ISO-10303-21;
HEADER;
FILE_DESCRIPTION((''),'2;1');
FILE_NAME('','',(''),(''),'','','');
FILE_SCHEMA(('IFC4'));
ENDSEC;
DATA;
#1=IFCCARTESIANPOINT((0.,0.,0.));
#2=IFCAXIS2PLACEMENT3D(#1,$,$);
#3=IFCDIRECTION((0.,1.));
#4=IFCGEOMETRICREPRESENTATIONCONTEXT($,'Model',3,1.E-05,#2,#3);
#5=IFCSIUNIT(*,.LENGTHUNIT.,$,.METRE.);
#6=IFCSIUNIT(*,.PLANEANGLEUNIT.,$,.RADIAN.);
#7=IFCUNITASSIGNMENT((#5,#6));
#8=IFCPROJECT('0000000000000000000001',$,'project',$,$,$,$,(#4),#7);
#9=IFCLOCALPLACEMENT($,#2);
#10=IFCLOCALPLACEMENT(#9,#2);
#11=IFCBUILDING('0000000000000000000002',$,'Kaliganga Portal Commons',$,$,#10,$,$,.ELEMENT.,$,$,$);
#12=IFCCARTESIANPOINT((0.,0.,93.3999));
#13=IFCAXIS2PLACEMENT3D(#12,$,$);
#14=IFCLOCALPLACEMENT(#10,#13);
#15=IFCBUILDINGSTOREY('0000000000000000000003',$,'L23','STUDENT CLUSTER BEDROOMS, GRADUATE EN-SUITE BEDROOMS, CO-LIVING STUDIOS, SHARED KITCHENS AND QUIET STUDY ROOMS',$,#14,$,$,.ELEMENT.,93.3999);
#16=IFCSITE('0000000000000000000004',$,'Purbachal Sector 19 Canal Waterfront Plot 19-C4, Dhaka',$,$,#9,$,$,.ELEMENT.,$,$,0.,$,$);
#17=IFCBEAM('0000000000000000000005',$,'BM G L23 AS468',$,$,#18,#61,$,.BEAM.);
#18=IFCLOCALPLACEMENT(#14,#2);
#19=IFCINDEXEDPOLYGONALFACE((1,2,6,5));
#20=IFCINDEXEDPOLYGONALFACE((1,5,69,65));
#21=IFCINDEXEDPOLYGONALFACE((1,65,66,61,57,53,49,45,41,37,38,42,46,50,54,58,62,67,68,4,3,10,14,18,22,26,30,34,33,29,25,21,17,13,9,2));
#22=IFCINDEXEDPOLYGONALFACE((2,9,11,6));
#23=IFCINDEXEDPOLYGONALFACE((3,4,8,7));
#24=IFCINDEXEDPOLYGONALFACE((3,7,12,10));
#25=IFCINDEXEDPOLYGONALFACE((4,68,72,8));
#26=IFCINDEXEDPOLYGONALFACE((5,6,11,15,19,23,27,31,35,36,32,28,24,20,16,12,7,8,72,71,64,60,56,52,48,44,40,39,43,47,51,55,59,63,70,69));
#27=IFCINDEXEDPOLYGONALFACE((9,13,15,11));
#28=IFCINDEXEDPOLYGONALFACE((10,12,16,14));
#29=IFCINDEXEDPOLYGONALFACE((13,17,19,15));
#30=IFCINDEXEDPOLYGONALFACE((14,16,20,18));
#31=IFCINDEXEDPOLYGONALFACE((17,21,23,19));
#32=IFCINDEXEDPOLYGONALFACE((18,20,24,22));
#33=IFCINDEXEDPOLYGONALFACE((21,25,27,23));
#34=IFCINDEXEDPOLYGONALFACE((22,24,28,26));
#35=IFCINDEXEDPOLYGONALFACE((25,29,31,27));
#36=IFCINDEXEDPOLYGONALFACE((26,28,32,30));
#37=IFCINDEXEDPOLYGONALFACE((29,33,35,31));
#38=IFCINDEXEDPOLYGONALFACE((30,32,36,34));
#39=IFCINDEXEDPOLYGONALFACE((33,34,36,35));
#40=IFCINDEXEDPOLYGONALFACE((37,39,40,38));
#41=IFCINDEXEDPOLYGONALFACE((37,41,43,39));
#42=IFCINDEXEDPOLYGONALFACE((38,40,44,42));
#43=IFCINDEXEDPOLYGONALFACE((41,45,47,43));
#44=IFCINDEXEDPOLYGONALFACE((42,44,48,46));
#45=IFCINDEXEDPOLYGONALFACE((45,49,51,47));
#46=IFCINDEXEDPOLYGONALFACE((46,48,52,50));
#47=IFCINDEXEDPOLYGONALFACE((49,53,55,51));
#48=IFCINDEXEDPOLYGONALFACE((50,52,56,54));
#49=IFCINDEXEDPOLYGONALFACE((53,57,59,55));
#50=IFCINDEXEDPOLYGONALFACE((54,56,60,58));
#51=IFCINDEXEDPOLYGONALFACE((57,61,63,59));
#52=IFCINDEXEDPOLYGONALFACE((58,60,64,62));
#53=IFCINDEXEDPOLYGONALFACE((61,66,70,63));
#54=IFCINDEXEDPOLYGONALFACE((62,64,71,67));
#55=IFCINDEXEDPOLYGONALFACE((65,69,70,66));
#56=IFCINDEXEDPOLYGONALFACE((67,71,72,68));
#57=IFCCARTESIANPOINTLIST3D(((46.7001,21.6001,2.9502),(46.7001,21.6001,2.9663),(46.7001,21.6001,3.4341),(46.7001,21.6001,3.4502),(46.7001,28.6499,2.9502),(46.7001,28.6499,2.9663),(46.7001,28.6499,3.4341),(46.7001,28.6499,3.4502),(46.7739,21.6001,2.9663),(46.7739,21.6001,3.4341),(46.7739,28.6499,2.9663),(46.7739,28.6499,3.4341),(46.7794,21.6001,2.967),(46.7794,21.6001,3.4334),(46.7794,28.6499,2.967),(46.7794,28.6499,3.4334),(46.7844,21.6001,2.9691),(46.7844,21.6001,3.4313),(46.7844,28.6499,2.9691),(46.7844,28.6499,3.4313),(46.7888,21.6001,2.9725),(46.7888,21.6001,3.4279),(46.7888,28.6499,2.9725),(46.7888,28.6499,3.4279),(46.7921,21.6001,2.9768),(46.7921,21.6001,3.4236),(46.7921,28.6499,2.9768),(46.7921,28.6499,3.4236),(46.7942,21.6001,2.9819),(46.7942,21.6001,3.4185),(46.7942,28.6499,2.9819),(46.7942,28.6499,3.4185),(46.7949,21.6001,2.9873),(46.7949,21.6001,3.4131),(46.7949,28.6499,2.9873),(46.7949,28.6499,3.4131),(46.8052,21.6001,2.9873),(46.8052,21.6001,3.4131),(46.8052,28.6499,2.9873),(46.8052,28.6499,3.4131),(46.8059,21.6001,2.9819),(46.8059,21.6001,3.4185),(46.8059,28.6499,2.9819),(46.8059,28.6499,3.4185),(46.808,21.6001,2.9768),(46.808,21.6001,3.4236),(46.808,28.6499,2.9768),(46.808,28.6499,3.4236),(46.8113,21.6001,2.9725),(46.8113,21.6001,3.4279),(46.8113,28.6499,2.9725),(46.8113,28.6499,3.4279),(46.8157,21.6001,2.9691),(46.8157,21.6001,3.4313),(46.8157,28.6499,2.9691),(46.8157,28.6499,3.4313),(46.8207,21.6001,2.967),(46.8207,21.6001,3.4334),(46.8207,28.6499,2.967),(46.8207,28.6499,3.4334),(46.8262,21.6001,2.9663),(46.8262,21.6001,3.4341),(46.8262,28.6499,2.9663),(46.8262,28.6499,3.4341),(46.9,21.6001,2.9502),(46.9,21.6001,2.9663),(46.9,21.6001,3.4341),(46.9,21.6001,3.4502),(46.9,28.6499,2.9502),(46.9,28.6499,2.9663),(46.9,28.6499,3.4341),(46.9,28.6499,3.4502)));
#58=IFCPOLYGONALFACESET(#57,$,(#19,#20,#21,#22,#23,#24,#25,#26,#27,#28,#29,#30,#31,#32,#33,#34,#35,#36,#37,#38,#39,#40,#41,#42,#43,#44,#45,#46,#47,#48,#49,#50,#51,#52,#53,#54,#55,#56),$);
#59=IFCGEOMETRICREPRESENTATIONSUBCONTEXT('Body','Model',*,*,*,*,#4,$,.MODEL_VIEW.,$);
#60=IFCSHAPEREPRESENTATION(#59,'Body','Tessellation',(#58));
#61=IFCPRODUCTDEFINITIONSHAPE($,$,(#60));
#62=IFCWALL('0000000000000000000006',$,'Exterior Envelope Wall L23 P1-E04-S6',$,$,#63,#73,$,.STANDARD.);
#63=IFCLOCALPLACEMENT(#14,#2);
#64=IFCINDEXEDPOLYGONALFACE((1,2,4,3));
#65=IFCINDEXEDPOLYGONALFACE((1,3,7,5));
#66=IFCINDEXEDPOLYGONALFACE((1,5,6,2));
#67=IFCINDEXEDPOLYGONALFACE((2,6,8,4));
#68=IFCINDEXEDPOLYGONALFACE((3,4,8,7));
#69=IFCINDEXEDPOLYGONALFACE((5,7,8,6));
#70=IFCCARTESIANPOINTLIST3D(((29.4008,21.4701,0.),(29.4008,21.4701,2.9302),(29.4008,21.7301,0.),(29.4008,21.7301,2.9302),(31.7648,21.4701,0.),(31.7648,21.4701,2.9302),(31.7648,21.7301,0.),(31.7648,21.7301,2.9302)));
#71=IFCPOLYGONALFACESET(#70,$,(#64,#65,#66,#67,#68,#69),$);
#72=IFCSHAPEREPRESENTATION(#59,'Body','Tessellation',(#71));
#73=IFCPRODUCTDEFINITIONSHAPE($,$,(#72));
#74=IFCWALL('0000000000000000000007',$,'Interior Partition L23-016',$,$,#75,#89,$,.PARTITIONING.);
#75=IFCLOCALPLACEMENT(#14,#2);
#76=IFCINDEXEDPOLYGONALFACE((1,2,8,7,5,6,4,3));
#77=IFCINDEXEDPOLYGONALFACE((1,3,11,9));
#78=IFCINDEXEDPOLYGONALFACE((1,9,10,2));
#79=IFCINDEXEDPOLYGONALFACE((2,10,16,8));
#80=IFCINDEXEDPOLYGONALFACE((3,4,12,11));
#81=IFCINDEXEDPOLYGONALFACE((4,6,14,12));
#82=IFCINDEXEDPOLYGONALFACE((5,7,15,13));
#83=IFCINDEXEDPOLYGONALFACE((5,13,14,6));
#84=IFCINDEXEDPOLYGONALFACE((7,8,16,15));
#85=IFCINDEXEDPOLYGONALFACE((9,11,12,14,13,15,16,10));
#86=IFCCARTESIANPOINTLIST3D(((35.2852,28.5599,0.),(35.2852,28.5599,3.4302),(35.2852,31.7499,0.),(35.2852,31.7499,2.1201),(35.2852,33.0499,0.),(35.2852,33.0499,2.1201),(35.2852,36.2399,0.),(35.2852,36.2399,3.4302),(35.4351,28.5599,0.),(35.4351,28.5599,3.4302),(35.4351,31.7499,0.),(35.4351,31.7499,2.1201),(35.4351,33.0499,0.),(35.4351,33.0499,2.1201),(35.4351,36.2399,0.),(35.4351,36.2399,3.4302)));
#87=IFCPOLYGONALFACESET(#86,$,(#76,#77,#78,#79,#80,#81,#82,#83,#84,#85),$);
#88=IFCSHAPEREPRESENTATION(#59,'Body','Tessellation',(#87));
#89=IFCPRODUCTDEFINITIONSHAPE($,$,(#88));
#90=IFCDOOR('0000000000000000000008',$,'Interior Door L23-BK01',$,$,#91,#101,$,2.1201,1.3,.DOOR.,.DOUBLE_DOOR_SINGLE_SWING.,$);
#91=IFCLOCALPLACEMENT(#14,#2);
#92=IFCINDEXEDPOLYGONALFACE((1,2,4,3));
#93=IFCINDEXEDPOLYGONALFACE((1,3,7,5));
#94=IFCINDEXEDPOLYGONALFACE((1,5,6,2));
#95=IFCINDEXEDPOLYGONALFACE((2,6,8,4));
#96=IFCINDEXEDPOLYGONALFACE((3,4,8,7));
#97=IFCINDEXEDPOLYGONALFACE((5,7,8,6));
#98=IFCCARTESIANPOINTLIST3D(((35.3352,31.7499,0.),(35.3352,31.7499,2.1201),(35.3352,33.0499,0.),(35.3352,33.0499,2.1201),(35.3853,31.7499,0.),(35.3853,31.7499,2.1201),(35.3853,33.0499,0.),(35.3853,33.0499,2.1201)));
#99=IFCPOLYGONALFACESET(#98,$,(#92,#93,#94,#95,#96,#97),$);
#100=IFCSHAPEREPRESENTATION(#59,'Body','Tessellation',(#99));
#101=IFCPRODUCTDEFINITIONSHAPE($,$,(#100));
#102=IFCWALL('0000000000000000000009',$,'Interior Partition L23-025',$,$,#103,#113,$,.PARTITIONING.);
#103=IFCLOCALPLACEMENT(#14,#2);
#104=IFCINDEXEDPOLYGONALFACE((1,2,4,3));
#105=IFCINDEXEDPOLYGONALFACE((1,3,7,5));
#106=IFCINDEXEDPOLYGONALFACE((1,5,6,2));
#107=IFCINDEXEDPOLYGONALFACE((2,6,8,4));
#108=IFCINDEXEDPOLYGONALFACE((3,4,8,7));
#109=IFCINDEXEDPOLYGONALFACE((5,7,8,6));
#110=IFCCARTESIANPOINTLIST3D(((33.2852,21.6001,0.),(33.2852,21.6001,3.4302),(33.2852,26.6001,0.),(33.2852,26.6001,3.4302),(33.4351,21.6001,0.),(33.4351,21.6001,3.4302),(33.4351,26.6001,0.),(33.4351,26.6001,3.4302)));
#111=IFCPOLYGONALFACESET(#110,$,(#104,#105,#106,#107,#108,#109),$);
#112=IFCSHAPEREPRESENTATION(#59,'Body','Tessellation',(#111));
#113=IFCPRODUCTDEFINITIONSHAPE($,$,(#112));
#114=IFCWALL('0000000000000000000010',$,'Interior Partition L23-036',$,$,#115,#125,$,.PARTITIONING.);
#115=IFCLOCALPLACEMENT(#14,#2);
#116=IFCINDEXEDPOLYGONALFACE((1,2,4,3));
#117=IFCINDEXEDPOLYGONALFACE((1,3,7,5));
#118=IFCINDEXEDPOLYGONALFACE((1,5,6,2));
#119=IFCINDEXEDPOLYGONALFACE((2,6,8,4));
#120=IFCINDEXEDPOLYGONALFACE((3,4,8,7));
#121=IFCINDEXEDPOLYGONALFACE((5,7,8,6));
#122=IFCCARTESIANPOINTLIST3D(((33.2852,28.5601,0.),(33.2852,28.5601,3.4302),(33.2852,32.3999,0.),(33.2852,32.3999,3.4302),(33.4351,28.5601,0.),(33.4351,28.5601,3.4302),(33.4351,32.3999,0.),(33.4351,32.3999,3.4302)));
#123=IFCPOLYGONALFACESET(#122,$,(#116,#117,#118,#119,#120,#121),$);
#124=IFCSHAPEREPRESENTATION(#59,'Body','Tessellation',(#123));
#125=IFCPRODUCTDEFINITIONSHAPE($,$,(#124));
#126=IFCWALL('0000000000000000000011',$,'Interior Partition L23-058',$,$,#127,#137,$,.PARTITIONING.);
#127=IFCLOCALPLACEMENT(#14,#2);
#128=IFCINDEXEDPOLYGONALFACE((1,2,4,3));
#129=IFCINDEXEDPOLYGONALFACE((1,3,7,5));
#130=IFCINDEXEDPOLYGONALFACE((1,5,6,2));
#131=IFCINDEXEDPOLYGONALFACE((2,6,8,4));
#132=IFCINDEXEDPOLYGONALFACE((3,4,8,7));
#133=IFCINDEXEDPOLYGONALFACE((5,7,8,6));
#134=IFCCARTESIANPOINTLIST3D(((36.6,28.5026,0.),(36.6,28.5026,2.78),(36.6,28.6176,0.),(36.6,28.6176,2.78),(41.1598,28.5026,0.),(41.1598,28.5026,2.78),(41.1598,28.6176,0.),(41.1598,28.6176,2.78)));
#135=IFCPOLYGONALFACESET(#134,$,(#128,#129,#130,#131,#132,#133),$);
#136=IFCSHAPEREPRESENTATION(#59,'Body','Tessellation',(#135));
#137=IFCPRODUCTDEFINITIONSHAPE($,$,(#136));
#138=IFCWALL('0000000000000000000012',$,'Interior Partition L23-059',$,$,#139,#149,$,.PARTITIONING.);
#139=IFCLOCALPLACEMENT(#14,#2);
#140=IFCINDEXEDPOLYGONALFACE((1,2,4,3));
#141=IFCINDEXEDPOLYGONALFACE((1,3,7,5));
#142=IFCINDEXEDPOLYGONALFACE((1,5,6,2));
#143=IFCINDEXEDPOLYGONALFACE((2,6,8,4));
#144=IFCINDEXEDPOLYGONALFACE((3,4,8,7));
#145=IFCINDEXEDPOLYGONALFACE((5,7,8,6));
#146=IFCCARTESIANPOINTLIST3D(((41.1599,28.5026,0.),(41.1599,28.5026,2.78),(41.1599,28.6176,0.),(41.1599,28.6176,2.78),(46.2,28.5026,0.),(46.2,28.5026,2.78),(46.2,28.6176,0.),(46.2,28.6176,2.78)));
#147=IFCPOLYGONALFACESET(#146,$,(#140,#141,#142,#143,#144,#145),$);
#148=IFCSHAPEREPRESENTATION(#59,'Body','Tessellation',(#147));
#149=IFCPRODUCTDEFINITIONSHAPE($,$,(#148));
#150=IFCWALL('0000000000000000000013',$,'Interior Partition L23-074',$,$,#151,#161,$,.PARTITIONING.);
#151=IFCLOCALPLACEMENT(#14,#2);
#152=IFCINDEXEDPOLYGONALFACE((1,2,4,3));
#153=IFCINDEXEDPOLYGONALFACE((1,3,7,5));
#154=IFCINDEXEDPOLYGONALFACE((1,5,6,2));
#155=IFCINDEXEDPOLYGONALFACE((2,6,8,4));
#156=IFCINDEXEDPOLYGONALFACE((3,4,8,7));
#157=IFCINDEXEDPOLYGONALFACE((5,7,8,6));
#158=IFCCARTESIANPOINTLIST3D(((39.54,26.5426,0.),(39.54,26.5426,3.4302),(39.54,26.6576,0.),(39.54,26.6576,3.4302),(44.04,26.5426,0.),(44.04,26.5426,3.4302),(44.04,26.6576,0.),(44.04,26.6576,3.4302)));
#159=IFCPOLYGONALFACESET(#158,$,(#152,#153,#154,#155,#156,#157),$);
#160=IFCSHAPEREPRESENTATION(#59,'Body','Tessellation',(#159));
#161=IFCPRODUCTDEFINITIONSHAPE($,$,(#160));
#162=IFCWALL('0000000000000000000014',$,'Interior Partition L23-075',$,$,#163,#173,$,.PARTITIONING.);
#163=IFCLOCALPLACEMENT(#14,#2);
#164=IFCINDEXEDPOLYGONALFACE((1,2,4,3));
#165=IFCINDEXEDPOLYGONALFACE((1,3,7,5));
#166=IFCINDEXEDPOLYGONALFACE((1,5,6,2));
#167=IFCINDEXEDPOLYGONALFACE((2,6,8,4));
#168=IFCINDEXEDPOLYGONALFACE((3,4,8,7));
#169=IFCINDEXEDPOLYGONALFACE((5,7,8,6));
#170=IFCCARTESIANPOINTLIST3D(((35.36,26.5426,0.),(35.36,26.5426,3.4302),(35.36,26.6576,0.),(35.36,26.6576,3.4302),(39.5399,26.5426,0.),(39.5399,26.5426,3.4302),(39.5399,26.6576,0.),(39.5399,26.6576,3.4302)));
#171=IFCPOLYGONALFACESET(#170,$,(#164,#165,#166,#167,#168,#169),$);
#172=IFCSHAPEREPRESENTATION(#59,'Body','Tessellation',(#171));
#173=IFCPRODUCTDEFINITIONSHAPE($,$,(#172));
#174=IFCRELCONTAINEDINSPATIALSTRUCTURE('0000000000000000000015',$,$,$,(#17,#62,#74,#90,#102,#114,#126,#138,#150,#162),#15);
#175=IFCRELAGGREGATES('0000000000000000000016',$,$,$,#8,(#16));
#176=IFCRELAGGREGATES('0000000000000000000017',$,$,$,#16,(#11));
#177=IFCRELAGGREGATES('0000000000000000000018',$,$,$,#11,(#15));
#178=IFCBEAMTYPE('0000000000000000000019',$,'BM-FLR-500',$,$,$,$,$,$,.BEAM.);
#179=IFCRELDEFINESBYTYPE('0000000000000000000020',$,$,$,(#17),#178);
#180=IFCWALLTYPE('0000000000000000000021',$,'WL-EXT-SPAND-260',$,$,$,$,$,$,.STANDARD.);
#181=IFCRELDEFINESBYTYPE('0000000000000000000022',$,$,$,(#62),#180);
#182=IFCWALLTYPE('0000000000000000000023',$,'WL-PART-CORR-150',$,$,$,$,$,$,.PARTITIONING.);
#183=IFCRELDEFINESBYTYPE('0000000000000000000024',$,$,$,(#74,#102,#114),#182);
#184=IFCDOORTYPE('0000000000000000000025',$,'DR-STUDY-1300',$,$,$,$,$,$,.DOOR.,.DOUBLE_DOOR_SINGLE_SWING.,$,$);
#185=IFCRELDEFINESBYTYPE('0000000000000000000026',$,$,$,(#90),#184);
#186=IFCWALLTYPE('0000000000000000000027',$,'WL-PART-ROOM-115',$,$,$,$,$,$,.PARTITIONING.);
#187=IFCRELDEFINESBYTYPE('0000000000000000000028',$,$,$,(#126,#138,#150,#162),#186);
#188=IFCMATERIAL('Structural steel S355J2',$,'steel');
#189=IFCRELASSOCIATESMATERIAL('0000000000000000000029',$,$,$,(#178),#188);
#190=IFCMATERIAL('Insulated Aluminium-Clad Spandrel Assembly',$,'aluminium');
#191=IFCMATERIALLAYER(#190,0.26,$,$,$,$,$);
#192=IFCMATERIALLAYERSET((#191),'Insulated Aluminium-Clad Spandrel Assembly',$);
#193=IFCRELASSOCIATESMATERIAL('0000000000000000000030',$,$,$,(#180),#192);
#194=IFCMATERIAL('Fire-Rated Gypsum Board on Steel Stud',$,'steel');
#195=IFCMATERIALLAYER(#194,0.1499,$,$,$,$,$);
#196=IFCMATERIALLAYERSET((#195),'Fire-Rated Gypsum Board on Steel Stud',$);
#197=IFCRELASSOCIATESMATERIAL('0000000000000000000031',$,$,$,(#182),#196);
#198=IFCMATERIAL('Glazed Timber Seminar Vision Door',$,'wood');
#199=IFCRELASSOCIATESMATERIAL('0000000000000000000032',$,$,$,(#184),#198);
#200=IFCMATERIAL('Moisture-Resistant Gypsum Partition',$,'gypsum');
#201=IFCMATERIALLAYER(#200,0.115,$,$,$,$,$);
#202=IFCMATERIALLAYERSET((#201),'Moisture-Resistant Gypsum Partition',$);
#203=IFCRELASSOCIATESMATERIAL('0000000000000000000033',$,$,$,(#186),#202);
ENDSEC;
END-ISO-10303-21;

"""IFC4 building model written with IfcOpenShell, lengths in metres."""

from ifc_helpers import new_model, si_unit, direction, frame, frame_2d, origin, origin_2d, place, context, subcontext, project, spatial, rectangle, i_section, extrude, source, transform, mapped, material, layer, layer_set, material_profile, profile_set, type_object, element, fill, save


model = new_model("IFC4")

# Units and contexts
model_context = context("Model", 3, precision=1e-05, world=origin(), true_north=direction((0.0, 1.0)))
body_context = subcontext(model_context, "Body", "Model", "MODEL_VIEW")
ifc_project = project(units=[si_unit("LENGTHUNIT", "METRE"), si_unit("PLANEANGLEUNIT", "RADIAN")], contexts=[model_context])

# Site, building, storey
site_placement = place(None, origin())
site = spatial("IfcSite", under=ifc_project, at=site_placement, Name="Purbachal Sector 19 Canal Waterfront Plot 19-C4, Dhaka", CompositionType="ELEMENT", RefElevation=0.0)
building_placement = place(site_placement, origin())
building = spatial("IfcBuilding", under=site, at=building_placement, Name="Kaliganga Portal Commons", CompositionType="ELEMENT")
storey_placement = place(building_placement, frame((0.0, 0.0, 93.3999)))
storey = spatial("IfcBuildingStorey", under=building, at=storey_placement, Name="L23", Description="STUDENT CLUSTER BEDROOMS, GRADUATE EN-SUITE BEDROOMS, CO-LIVING STUDIOS, SHARED KITCHENS AND QUIET STUDY ROOMS", CompositionType="ELEMENT", Elevation=93.3999)

# Beam
ifc_material_1 = material(Name="Structural steel S355J2", Category="steel")
ifc_material_profile_1 = material_profile(ifc_material_1, i_section(OverallWidth=0.2, OverallDepth=0.5, WebThickness=0.0103, FlangeThickness=0.0161, FilletRadius=0.021, at=origin_2d()), Name="IPE 500")
ifc_profile_set_1 = profile_set([ifc_material_profile_1], Name="Structural steel S355J2 wide-flange")
beam_type_1 = type_object("IfcBeamType", Name="BM-FLR-500", PredefinedType="BEAM", material=ifc_profile_set_1)
shared_shape_1 = source(origin(), body_context, "Body", "SweptSolid", [
    extrude(i_section(OverallWidth=0.2, OverallDepth=0.5, WebThickness=0.0103, FlangeThickness=0.0161, FilletRadius=0.021, at=origin_2d()), origin(), (0.0, 0.0, 1.0), 7.0498),
])
for number, where, z_axis, x_axis, name in (
    (1, (46.8, 21.6001, 3.2002), (0.0, 1.0, 0.0), (-1.0, 0.0, 0.0), "BM G L23 AS468"),
):
    element("IfcBeam", number, at=place(storey_placement, frame(where, z_axis=z_axis, x_axis=x_axis)), inside=storey, type_object=beam_type_1, Name=name, PredefinedType="BEAM", context=body_context, shape_type="MappedRepresentation", body=[
        mapped(shared_shape_1, transform((0.0, 0.0, 0.0), x_axis=(1.0, 0.0, 0.0), y_axis=(0.0, 1.0, 0.0), z_axis=(0.0, 0.0, 1.0), scale=1.0)),
    ])

# Wall
ifc_material_2 = material(Name="Insulated Aluminium-Clad Spandrel Assembly", Category="aluminium")
ifc_layer_1 = layer(ifc_material_2, 0.26)
ifc_layer_set_1 = layer_set([ifc_layer_1], Name="Insulated Aluminium-Clad Spandrel Assembly")
wall_type_1 = type_object("IfcWallType", Name="WL-EXT-SPAND-260", PredefinedType="STANDARD", material=ifc_layer_set_1)
wall_1_placement = place(storey_placement, frame((31.7649, 21.6001, 0.0), z_axis=(0.0, 0.0, 1.0), x_axis=(-1.0, 0.0, 0.0)))
element("IfcWall", 2, at=wall_1_placement, inside=storey, type_object=wall_type_1, Name="Exterior Envelope Wall L23 P1-E04-S6", PredefinedType="STANDARD", context=body_context, shape_type="SweptSolid", body=[
    extrude(rectangle(XDim=2.364, YDim=0.26, at=frame_2d((1.1821, 0.0))), origin(), (0.0, 0.0, 1.0), 2.9302),
])

# Wall, opening, door
ifc_material_3 = material(Name="Fire-Rated Gypsum Board on Steel Stud", Category="steel")
ifc_layer_2 = layer(ifc_material_3, 0.1499)
ifc_layer_set_2 = layer_set([ifc_layer_2], Name="Fire-Rated Gypsum Board on Steel Stud")
wall_type_2 = type_object("IfcWallType", Name="WL-PART-CORR-150", PredefinedType="PARTITIONING", material=ifc_layer_set_2)
wall_2_placement = place(storey_placement, frame((35.3601, 28.5601, 0.0), z_axis=(0.0, 0.0, 1.0), x_axis=(0.0, 1.0, 0.0)))
wall_2 = element("IfcWall", 3, at=wall_2_placement, inside=storey, type_object=wall_type_2, Name="Interior Partition L23-016", PredefinedType="PARTITIONING", context=body_context, shape_type="SweptSolid", body=[
    extrude(rectangle(XDim=7.6799, YDim=0.1499, at=frame_2d((3.8398, 0.0))), origin(), (0.0, 0.0, 1.0), 3.4302),
])
opening_placement = place(wall_2_placement, frame((3.1899, 0.0, 0.0)))
opening = element("IfcOpeningElement", 4, at=opening_placement, cuts=wall_2, PredefinedType="OPENING", context=body_context, shape_type="SweptSolid", body=[
    extrude(rectangle(XDim=1.3, YDim=2.1201, at=frame_2d((0.6499, 1.0601))), frame((0.0, 0.085, 0.0), z_axis=(0.0, -1.0, 0.0), x_axis=(1.0, 0.0, 0.0)), (0.0, 0.0, 1.0), 0.1699),
])
ifc_material_4 = material(Name="Glazed Timber Seminar Vision Door", Category="wood")
door_type = type_object("IfcDoorType", Name="DR-STUDY-1300", OperationType="DOUBLE_DOOR_SINGLE_SWING", PredefinedType="DOOR", material=ifc_material_4)
door_placement = place(opening_placement, origin())
door = element("IfcDoor", 5, at=door_placement, inside=storey, type_object=door_type, Name="Interior Door L23-BK01", OperationType="DOUBLE_DOOR_SINGLE_SWING", OverallHeight=2.1201, OverallWidth=1.3, PredefinedType="DOOR", context=body_context, shape_type="SweptSolid", body=[
    extrude(rectangle(XDim=1.3, YDim=2.1201, at=frame_2d((0.6499, 1.0601))), frame((0.0, 0.0249, 0.0), z_axis=(0.0, -1.0, 0.0), x_axis=(1.0, 0.0, 0.0)), (0.0, 0.0, 1.0), 0.05),
])
fill(opening, door)

# Walls
wall_3_placement = place(storey_placement, frame((33.3601, 21.6001, 0.0), z_axis=(0.0, 0.0, 1.0), x_axis=(0.0, 1.0, 0.0)))
element("IfcWall", 6, at=wall_3_placement, inside=storey, type_object=wall_type_2, Name="Interior Partition L23-025", PredefinedType="PARTITIONING", context=body_context, shape_type="SweptSolid", body=[
    extrude(rectangle(XDim=5.0, YDim=0.1499, at=frame_2d((2.5, 0.0))), origin(), (0.0, 0.0, 1.0), 3.4302),
])
wall_4_placement = place(storey_placement, frame((33.3601, 28.5601, 0.0), z_axis=(0.0, 0.0, 1.0), x_axis=(0.0, 1.0, 0.0)))
element("IfcWall", 7, at=wall_4_placement, inside=storey, type_object=wall_type_2, Name="Interior Partition L23-036", PredefinedType="PARTITIONING", context=body_context, shape_type="SweptSolid", body=[
    extrude(rectangle(XDim=3.8398, YDim=0.1499, at=frame_2d((1.9199, 0.0))), origin(), (0.0, 0.0, 1.0), 3.4302),
])
ifc_material_5 = material(Name="Moisture-Resistant Gypsum Partition", Category="gypsum")
ifc_layer_3 = layer(ifc_material_5, 0.115)
ifc_layer_set_3 = layer_set([ifc_layer_3], Name="Moisture-Resistant Gypsum Partition")
wall_type_3 = type_object("IfcWallType", Name="WL-PART-ROOM-115", PredefinedType="PARTITIONING", material=ifc_layer_set_3)
wall_5_placement = place(storey_placement, frame((36.6001, 28.5601, 0.0), z_axis=(0.0, 0.0, 1.0), x_axis=(1.0, 0.0, 0.0)))
element("IfcWall", 8, at=wall_5_placement, inside=storey, type_object=wall_type_3, Name="Interior Partition L23-058", PredefinedType="PARTITIONING", context=body_context, shape_type="SweptSolid", body=[
    extrude(rectangle(XDim=4.5598, YDim=0.115, at=frame_2d((2.2798, 0.0))), origin(), (0.0, 0.0, 1.0), 2.78),
])
wall_6_placement = place(storey_placement, frame((41.1599, 28.5601, 0.0), z_axis=(0.0, 0.0, 1.0), x_axis=(1.0, 0.0, 0.0)))
element("IfcWall", 9, at=wall_6_placement, inside=storey, type_object=wall_type_3, Name="Interior Partition L23-059", PredefinedType="PARTITIONING", context=body_context, shape_type="SweptSolid", body=[
    extrude(rectangle(XDim=5.04, YDim=0.115, at=frame_2d((2.52, 0.0))), origin(), (0.0, 0.0, 1.0), 2.78),
])
wall_7_placement = place(storey_placement, frame((39.54, 26.6001, 0.0), z_axis=(0.0, 0.0, 1.0), x_axis=(1.0, 0.0, 0.0)))
element("IfcWall", 10, at=wall_7_placement, inside=storey, type_object=wall_type_3, Name="Interior Partition L23-074", PredefinedType="PARTITIONING", context=body_context, shape_type="SweptSolid", body=[
    extrude(rectangle(XDim=4.5, YDim=0.115, at=frame_2d((2.25, 0.0))), origin(), (0.0, 0.0, 1.0), 3.4302),
])
wall_8_placement = place(storey_placement, frame((35.3601, 26.6001, 0.0), z_axis=(0.0, 0.0, 1.0), x_axis=(1.0, 0.0, 0.0)))
element("IfcWall", 11, at=wall_8_placement, inside=storey, type_object=wall_type_3, Name="Interior Partition L23-075", PredefinedType="PARTITIONING", context=body_context, shape_type="SweptSolid", body=[
    extrude(rectangle(XDim=4.1799, YDim=0.115, at=frame_2d((2.0898, 0.0))), origin(), (0.0, 0.0, 1.0), 3.4302),
])

save(model, "model.ifc")
